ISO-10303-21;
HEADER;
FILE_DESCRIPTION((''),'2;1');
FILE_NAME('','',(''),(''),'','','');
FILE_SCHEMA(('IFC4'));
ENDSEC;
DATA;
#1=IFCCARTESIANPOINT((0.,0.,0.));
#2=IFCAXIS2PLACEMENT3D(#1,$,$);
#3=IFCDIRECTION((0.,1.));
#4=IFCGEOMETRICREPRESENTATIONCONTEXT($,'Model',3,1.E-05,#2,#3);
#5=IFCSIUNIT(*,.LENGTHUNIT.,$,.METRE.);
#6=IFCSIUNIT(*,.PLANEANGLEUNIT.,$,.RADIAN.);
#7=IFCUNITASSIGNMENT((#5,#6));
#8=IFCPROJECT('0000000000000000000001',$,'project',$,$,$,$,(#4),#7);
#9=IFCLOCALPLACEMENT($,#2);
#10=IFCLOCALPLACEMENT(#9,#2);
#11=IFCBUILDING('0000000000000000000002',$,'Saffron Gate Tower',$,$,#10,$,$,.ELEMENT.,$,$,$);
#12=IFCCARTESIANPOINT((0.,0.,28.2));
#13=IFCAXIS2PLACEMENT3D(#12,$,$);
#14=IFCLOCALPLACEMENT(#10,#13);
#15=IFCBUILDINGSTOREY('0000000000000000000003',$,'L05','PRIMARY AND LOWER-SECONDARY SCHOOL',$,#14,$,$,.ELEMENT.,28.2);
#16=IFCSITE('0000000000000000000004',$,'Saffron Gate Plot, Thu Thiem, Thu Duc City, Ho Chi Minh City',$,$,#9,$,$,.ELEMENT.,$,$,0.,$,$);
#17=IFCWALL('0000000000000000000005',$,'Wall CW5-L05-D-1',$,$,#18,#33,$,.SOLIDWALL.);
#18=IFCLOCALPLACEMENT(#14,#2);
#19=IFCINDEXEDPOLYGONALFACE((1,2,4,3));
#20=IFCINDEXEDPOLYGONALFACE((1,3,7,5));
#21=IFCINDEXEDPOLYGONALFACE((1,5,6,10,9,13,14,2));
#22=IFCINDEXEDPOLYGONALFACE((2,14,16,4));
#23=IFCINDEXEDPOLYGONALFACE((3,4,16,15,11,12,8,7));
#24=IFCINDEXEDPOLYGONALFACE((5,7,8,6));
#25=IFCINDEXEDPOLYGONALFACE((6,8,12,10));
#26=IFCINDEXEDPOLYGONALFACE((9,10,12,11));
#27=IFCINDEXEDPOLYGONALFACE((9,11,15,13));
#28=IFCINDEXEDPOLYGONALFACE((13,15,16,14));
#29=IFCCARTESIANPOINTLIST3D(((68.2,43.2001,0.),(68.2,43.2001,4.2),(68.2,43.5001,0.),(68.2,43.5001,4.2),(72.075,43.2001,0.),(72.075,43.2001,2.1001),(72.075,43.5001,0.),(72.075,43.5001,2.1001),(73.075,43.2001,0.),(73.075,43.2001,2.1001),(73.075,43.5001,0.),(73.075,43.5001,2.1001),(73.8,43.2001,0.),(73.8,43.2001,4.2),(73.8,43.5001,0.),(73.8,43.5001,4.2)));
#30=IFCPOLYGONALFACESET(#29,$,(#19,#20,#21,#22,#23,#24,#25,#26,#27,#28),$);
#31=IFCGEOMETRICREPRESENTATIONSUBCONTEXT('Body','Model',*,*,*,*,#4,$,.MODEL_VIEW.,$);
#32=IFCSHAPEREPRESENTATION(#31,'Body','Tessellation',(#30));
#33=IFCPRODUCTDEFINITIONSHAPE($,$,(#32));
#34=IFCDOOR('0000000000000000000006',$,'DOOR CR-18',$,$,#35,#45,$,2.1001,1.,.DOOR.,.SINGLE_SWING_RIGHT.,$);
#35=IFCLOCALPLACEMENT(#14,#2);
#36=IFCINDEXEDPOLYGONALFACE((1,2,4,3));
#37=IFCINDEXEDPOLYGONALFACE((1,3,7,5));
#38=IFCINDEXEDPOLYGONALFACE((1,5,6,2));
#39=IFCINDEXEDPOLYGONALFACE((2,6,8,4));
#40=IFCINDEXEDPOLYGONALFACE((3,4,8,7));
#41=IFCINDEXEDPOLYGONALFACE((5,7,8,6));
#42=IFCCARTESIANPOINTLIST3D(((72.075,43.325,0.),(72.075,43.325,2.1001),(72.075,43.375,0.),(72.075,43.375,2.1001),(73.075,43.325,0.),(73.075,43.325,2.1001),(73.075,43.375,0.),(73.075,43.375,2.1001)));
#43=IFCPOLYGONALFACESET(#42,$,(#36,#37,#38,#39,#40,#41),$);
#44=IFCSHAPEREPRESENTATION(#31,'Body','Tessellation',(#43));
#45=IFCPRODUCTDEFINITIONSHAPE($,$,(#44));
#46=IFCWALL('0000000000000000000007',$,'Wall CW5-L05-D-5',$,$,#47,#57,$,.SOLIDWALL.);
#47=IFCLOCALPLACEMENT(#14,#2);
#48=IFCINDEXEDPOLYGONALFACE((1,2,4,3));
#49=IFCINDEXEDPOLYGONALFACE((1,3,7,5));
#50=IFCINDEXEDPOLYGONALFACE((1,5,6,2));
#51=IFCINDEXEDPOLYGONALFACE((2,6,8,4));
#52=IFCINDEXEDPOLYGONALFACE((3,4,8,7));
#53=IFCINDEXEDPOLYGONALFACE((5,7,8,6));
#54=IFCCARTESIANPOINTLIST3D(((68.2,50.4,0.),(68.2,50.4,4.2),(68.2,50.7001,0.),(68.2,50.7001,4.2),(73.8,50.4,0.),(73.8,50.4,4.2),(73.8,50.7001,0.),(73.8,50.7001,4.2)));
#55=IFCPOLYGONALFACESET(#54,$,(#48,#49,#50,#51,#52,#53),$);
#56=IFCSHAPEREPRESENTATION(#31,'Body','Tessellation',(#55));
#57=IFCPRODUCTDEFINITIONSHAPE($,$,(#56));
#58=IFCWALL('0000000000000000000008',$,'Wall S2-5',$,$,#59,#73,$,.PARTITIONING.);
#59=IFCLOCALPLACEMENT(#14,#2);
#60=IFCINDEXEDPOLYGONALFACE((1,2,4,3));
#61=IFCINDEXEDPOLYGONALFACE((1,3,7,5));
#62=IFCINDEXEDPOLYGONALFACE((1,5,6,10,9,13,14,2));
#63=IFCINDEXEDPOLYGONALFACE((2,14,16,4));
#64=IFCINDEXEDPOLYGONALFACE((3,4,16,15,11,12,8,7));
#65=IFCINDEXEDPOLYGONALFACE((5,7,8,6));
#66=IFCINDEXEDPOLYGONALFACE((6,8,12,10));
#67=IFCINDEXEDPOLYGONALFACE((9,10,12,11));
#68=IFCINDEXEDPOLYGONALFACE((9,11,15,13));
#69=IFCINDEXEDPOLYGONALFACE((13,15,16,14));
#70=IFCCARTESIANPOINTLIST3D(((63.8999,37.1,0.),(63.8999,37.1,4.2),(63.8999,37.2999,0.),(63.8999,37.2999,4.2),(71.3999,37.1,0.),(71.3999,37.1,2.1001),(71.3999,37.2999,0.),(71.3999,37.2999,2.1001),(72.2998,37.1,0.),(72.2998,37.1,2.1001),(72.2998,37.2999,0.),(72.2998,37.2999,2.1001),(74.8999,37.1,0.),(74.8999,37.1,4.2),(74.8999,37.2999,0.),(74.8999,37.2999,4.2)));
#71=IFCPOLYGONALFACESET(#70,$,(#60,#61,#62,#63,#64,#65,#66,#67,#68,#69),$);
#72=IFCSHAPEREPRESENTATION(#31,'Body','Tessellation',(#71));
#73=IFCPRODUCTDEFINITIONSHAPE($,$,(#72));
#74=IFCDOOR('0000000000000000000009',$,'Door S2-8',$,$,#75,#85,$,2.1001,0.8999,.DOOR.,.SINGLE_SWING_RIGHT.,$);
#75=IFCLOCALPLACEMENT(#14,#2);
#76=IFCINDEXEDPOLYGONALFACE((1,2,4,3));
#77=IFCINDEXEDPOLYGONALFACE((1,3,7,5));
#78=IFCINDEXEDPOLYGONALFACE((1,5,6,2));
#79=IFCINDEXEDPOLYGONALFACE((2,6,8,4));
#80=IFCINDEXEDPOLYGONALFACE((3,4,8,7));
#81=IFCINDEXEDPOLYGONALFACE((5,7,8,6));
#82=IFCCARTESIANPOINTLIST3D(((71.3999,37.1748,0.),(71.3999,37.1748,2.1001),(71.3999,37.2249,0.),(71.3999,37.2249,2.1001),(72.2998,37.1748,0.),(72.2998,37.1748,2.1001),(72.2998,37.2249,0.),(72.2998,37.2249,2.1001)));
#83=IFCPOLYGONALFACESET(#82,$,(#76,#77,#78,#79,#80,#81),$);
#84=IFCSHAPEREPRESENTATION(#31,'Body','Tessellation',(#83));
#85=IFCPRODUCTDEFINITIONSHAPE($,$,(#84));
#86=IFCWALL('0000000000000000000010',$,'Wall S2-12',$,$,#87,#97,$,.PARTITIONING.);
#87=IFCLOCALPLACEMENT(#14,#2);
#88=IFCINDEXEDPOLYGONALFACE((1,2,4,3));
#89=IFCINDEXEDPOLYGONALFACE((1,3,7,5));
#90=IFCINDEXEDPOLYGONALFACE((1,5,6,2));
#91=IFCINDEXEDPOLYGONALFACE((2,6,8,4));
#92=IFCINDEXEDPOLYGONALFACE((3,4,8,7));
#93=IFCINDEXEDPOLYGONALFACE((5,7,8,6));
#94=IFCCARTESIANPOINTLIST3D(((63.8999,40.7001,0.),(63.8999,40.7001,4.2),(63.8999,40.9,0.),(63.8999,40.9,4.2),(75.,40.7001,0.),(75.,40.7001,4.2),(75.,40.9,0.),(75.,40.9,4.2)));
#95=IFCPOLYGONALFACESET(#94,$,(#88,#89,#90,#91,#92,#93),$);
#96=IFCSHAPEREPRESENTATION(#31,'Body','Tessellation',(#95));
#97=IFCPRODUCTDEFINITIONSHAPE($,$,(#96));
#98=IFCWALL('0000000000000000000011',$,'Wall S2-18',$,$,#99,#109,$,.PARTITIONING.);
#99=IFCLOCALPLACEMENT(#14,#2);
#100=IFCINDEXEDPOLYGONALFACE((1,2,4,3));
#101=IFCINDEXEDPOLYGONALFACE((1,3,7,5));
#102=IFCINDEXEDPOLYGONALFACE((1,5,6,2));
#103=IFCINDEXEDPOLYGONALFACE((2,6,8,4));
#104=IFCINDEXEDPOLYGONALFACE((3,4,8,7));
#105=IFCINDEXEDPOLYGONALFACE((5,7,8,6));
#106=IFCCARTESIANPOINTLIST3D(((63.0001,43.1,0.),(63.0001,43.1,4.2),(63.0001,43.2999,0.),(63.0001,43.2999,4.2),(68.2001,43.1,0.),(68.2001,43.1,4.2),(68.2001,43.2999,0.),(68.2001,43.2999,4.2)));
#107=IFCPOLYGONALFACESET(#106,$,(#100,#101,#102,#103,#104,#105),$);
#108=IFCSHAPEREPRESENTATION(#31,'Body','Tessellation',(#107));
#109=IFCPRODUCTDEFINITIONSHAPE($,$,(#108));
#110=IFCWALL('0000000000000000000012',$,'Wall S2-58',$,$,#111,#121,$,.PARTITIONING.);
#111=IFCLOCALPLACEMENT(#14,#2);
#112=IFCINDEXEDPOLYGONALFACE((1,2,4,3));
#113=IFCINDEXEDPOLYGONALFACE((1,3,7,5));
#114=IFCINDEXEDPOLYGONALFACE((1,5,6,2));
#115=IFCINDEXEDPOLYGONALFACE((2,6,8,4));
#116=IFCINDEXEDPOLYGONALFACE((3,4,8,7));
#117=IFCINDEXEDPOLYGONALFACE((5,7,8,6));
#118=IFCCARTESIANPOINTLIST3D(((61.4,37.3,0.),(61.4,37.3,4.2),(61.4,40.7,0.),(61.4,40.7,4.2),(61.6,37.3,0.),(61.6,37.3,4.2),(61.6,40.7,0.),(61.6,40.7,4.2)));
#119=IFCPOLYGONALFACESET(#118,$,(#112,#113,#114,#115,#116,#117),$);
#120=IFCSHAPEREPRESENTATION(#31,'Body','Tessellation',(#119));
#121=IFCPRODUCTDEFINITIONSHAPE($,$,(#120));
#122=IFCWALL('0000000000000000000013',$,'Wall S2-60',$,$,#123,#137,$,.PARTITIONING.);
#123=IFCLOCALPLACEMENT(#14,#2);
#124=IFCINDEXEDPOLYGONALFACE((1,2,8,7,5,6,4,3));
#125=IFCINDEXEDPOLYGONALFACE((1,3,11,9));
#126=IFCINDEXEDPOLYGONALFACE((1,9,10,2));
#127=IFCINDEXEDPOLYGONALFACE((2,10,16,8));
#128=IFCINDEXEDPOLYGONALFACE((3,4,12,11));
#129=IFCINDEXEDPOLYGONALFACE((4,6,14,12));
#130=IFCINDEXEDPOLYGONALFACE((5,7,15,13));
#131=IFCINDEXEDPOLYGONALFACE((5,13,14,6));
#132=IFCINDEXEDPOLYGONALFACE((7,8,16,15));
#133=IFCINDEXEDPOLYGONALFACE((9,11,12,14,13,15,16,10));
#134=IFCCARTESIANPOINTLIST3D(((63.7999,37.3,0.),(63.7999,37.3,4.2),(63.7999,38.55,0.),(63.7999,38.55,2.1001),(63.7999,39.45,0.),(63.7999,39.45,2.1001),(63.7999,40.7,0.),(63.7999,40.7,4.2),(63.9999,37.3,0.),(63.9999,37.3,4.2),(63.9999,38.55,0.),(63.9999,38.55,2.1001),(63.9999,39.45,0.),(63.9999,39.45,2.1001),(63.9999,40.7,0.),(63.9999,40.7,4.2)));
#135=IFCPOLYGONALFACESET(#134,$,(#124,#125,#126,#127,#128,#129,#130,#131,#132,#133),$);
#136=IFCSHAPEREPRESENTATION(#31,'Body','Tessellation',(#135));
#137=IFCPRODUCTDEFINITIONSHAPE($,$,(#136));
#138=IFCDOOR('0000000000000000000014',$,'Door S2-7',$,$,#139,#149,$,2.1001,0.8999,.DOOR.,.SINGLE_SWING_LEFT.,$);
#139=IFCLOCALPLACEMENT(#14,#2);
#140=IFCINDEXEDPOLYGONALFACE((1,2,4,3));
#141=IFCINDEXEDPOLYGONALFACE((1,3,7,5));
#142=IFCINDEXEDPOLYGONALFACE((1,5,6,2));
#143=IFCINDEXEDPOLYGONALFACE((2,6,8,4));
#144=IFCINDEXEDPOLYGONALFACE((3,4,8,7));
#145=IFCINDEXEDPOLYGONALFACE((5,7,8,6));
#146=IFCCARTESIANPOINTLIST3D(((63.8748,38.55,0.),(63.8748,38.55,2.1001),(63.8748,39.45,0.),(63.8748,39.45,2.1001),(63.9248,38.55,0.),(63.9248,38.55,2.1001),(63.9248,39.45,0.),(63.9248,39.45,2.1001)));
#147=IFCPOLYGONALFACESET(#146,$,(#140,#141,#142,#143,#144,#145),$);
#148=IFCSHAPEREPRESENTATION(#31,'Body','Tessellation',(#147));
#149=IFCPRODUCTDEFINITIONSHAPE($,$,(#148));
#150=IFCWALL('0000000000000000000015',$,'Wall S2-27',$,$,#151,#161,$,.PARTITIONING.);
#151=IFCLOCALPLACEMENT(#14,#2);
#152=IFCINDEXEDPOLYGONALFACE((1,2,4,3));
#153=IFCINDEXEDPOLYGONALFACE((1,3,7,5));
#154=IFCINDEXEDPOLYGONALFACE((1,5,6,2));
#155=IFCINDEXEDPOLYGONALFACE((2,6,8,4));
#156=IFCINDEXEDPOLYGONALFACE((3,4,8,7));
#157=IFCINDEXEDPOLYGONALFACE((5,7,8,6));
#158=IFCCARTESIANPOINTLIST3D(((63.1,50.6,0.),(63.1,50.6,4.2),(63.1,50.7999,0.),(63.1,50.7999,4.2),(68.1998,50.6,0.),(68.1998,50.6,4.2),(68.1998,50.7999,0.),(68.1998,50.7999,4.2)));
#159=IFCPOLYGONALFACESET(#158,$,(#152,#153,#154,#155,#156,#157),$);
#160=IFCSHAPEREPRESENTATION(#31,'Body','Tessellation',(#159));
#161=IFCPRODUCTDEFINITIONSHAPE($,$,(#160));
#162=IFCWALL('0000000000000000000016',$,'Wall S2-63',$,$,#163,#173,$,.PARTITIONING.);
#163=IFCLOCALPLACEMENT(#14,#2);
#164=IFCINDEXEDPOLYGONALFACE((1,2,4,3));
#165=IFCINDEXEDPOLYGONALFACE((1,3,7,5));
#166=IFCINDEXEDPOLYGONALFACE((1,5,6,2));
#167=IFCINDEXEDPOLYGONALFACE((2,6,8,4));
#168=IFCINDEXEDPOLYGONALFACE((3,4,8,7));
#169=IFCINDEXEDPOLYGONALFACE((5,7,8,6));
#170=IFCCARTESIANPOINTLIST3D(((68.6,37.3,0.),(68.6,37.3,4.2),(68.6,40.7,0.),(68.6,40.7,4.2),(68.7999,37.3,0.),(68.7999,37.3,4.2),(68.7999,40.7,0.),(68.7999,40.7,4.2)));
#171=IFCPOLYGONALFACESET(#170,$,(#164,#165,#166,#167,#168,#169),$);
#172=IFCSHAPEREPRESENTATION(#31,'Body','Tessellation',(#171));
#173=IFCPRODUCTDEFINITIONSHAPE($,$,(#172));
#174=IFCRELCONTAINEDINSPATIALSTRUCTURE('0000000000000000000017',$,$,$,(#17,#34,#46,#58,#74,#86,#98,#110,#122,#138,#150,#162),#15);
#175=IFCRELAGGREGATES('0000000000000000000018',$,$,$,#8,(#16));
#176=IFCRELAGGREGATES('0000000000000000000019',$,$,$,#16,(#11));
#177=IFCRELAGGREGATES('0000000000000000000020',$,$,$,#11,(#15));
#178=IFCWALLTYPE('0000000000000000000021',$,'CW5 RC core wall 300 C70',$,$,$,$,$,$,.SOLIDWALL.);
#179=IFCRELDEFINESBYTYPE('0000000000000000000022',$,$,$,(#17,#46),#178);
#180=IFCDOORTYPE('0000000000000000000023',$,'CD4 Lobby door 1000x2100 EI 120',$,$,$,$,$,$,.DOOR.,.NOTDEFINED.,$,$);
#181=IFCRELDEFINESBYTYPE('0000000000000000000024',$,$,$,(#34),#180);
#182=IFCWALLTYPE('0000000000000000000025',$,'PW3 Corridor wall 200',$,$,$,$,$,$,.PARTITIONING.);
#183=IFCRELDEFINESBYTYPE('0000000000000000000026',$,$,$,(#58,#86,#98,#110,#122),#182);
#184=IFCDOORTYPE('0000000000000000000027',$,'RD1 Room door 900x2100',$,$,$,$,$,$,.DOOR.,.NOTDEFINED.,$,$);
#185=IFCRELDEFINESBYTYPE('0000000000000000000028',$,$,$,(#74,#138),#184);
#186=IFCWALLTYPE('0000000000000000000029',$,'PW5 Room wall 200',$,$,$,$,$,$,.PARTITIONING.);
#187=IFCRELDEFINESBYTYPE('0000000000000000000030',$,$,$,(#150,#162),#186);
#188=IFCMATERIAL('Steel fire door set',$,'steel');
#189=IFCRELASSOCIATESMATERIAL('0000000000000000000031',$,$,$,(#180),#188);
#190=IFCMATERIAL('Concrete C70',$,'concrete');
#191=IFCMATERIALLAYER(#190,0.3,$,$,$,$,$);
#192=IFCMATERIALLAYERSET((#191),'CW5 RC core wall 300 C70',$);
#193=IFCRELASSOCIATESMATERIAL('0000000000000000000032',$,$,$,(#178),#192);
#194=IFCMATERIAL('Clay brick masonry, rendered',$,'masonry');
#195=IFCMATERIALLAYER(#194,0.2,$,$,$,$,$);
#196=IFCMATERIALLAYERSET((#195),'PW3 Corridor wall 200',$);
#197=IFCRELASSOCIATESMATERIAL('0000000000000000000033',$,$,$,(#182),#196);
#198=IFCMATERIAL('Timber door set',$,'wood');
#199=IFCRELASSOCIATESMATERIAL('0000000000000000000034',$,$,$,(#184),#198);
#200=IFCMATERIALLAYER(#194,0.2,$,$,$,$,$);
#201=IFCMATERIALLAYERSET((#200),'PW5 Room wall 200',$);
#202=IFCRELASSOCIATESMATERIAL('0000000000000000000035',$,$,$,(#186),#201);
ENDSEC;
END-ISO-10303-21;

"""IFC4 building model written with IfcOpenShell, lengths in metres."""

from ifc_helpers import new_model, si_unit, direction, frame, frame_2d, origin, place, context, subcontext, project, spatial, rectangle, extrude, material, layer, layer_set, type_object, element, fill, save


model = new_model("IFC4")

# Units and contexts
model_context = context("Model", 3, precision=1e-05, world=origin(), true_north=direction((0.0, 1.0)))
body_context = subcontext(model_context, "Body", "Model", "MODEL_VIEW")
ifc_project = project(units=[si_unit("LENGTHUNIT", "METRE"), si_unit("PLANEANGLEUNIT", "RADIAN")], contexts=[model_context])

# Site, building, storey
site_placement = place(None, origin())
site = spatial("IfcSite", under=ifc_project, at=site_placement, Name="Saffron Gate Plot, Thu Thiem, Thu Duc City, Ho Chi Minh City", CompositionType="ELEMENT", RefElevation=0.0)
building_placement = place(site_placement, origin())
building = spatial("IfcBuilding", under=site, at=building_placement, Name="Saffron Gate Tower", CompositionType="ELEMENT")
storey_placement = place(building_placement, frame((0.0, 0.0, 28.2)))
storey = spatial("IfcBuildingStorey", under=building, at=storey_placement, Name="L05", Description="PRIMARY AND LOWER-SECONDARY SCHOOL", CompositionType="ELEMENT", Elevation=28.2)

# Shared definitions
ifc_material_1 = material(Name="Steel fire door set", Category="steel")
door_type_1 = type_object("IfcDoorType", Name="CD4 Lobby door 1000x2100 EI 120", OperationType="NOTDEFINED", PredefinedType="DOOR", material=ifc_material_1)

# Shared definitions
ifc_material_2 = material(Name="Concrete C70", Category="concrete")

# Wall, opening, door
ifc_layer_1 = layer(ifc_material_2, 0.3)
ifc_layer_set_1 = layer_set([ifc_layer_1], Name="CW5 RC core wall 300 C70")
wall_type_1 = type_object("IfcWallType", Name="CW5 RC core wall 300 C70", PredefinedType="SOLIDWALL", material=ifc_layer_set_1)
wall_1_placement = place(storey_placement, frame((68.2, 43.3501, 0.0), z_axis=(0.0, 0.0, 1.0), x_axis=(1.0, 0.0, 0.0)))
wall_1 = element("IfcWall", 1, at=wall_1_placement, inside=storey, type_object=wall_type_1, Name="Wall CW5-L05-D-1", PredefinedType="SOLIDWALL", context=body_context, shape_type="SweptSolid", body=[
    extrude(rectangle(XDim=5.6001, YDim=0.3, at=frame_2d((2.8, 0.0))), origin(), (0.0, 0.0, 1.0), 4.2),
])
opening_1_placement = place(wall_1_placement, frame((3.875, 0.0, 0.0)))
opening_1 = element("IfcOpeningElement", 2, at=opening_1_placement, cuts=wall_1, PredefinedType="OPENING", context=body_context, shape_type="SweptSolid", body=[
    extrude(rectangle(XDim=1.0, YDim=2.1001, at=frame_2d((0.5, 1.05))), frame((0.0, 0.1602, 0.0), z_axis=(0.0, -1.0, 0.0), x_axis=(1.0, 0.0, 0.0)), (0.0, 0.0, 1.0), 0.3201),
])
door_1_placement = place(opening_1_placement, origin())
door_1 = element("IfcDoor", 3, at=door_1_placement, inside=storey, type_object=door_type_1, Name="DOOR CR-18", OperationType="SINGLE_SWING_RIGHT", OverallHeight=2.1001, OverallWidth=1.0, PredefinedType="DOOR", context=body_context, shape_type="SweptSolid", body=[
    extrude(rectangle(XDim=1.0, YDim=2.1001, at=frame_2d((0.5, 1.05))), frame((0.0, 0.0249, 0.0), z_axis=(0.0, -1.0, 0.0), x_axis=(1.0, 0.0, 0.0)), (0.0, 0.0, 1.0), 0.05),
])
fill(opening_1, door_1)

# Wall
wall_2_placement = place(storey_placement, frame((68.2, 50.55, 0.0), z_axis=(0.0, 0.0, 1.0), x_axis=(1.0, 0.0, 0.0)))
element("IfcWall", 4, at=wall_2_placement, inside=storey, type_object=wall_type_1, Name="Wall CW5-L05-D-5", PredefinedType="SOLIDWALL", context=body_context, shape_type="SweptSolid", body=[
    extrude(rectangle(XDim=5.6001, YDim=0.3, at=frame_2d((2.8, 0.0))), origin(), (0.0, 0.0, 1.0), 4.2),
])

# Wall, opening, door
ifc_material_3 = material(Name="Clay brick masonry, rendered", Category="masonry")
ifc_layer_2 = layer(ifc_material_3, 0.2)
ifc_layer_set_2 = layer_set([ifc_layer_2], Name="PW3 Corridor wall 200")
wall_type_2 = type_object("IfcWallType", Name="PW3 Corridor wall 200", PredefinedType="PARTITIONING", material=ifc_layer_set_2)
wall_3_placement = place(storey_placement, frame((63.8999, 37.2, 0.0), z_axis=(0.0, 0.0, 1.0), x_axis=(1.0, 0.0, 0.0)))
wall_3 = element("IfcWall", 5, at=wall_3_placement, inside=storey, type_object=wall_type_2, Name="Wall S2-5", PredefinedType="PARTITIONING", context=body_context, shape_type="SweptSolid", body=[
    extrude(rectangle(XDim=11.0, YDim=0.2, at=frame_2d((5.5, 0.0))), origin(), (0.0, 0.0, 1.0), 4.2),
])
opening_2_placement = place(wall_3_placement, frame((7.5, 0.0, 0.0)))
opening_2 = element("IfcOpeningElement", 6, at=opening_2_placement, cuts=wall_3, PredefinedType="OPENING", context=body_context, shape_type="SweptSolid", body=[
    extrude(rectangle(XDim=0.8999, YDim=2.1001, at=frame_2d((0.45, 1.05))), frame((0.0, 0.1099, 0.0), z_axis=(0.0, -1.0, 0.0), x_axis=(1.0, 0.0, 0.0)), (0.0, 0.0, 1.0), 0.22),
])
ifc_material_4 = material(Name="Timber door set", Category="wood")
door_type_2 = type_object("IfcDoorType", Name="RD1 Room door 900x2100", OperationType="NOTDEFINED", PredefinedType="DOOR", material=ifc_material_4)
door_2_placement = place(opening_2_placement, origin())
door_2 = element("IfcDoor", 7, at=door_2_placement, inside=storey, type_object=door_type_2, Name="Door S2-8", OperationType="SINGLE_SWING_RIGHT", OverallHeight=2.1001, OverallWidth=0.8999, PredefinedType="DOOR", context=body_context, shape_type="SweptSolid", body=[
    extrude(rectangle(XDim=0.8999, YDim=2.1001, at=frame_2d((0.45, 1.05))), frame((0.0, 0.0249, 0.0), z_axis=(0.0, -1.0, 0.0), x_axis=(1.0, 0.0, 0.0)), (0.0, 0.0, 1.0), 0.05),
])
fill(opening_2, door_2)

# Walls
wall_4_placement = place(storey_placement, frame((63.8999, 40.8, 0.0), z_axis=(0.0, 0.0, 1.0), x_axis=(1.0, 0.0, 0.0)))
element("IfcWall", 8, at=wall_4_placement, inside=storey, type_object=wall_type_2, Name="Wall S2-12", PredefinedType="PARTITIONING", context=body_context, shape_type="SweptSolid", body=[
    extrude(rectangle(XDim=11.1001, YDim=0.2, at=frame_2d((5.55, 0.0))), origin(), (0.0, 0.0, 1.0), 4.2),
])
wall_5_placement = place(storey_placement, frame((63.0, 43.2, 0.0), z_axis=(0.0, 0.0, 1.0), x_axis=(1.0, 0.0, 0.0)))
element("IfcWall", 9, at=wall_5_placement, inside=storey, type_object=wall_type_2, Name="Wall S2-18", PredefinedType="PARTITIONING", context=body_context, shape_type="SweptSolid", body=[
    extrude(rectangle(XDim=5.2, YDim=0.2, at=frame_2d((2.6001, 0.0))), origin(), (0.0, 0.0, 1.0), 4.2),
])
wall_6_placement = place(storey_placement, frame((61.5, 40.7, 0.0), z_axis=(0.0, 0.0, 1.0), x_axis=(0.0, -1.0, 0.0)))
element("IfcWall", 10, at=wall_6_placement, inside=storey, type_object=wall_type_2, Name="Wall S2-58", PredefinedType="PARTITIONING", context=body_context, shape_type="SweptSolid", body=[
    extrude(rectangle(XDim=3.3999, YDim=0.2, at=frame_2d((1.7, 0.0))), origin(), (0.0, 0.0, 1.0), 4.2),
])

# Wall, opening, door
wall_7_placement = place(storey_placement, frame((63.8999, 40.7, 0.0), z_axis=(0.0, 0.0, 1.0), x_axis=(0.0, -1.0, 0.0)))
wall_7 = element("IfcWall", 11, at=wall_7_placement, inside=storey, type_object=wall_type_2, Name="Wall S2-60", PredefinedType="PARTITIONING", context=body_context, shape_type="SweptSolid", body=[
    extrude(rectangle(XDim=3.3999, YDim=0.2, at=frame_2d((1.7, 0.0))), origin(), (0.0, 0.0, 1.0), 4.2),
])
opening_3_placement = place(wall_7_placement, frame((1.25, 0.0, 0.0)))
opening_3 = element("IfcOpeningElement", 12, at=opening_3_placement, cuts=wall_7, PredefinedType="OPENING", context=body_context, shape_type="SweptSolid", body=[
    extrude(rectangle(XDim=0.8999, YDim=2.1001, at=frame_2d((0.45, 1.05))), frame((0.0, 0.1099, 0.0), z_axis=(0.0, -1.0, 0.0), x_axis=(1.0, 0.0, 0.0)), (0.0, 0.0, 1.0), 0.22),
])
door_3_placement = place(opening_3_placement, origin())
door_3 = element("IfcDoor", 13, at=door_3_placement, inside=storey, type_object=door_type_2, Name="Door S2-7", OperationType="SINGLE_SWING_LEFT", OverallHeight=2.1001, OverallWidth=0.8999, PredefinedType="DOOR", context=body_context, shape_type="SweptSolid", body=[
    extrude(rectangle(XDim=0.8999, YDim=2.1001, at=frame_2d((0.45, 1.05))), frame((0.0, 0.0249, 0.0), z_axis=(0.0, -1.0, 0.0), x_axis=(1.0, 0.0, 0.0)), (0.0, 0.0, 1.0), 0.05),
])
fill(opening_3, door_3)

# Walls
ifc_layer_3 = layer(ifc_material_3, 0.2)
ifc_layer_set_3 = layer_set([ifc_layer_3], Name="PW5 Room wall 200")
wall_type_3 = type_object("IfcWallType", Name="PW5 Room wall 200", PredefinedType="PARTITIONING", material=ifc_layer_set_3)
wall_8_placement = place(storey_placement, frame((63.1001, 50.7, 0.0), z_axis=(0.0, 0.0, 1.0), x_axis=(1.0, 0.0, 0.0)))
element("IfcWall", 14, at=wall_8_placement, inside=storey, type_object=wall_type_3, Name="Wall S2-27", PredefinedType="PARTITIONING", context=body_context, shape_type="SweptSolid", body=[
    extrude(rectangle(XDim=5.0999, YDim=0.2, at=frame_2d((2.5498, 0.0))), origin(), (0.0, 0.0, 1.0), 4.2),
])
wall_9_placement = place(storey_placement, frame((68.7, 40.7, 0.0), z_axis=(0.0, 0.0, 1.0), x_axis=(0.0, -1.0, 0.0)))
element("IfcWall", 15, at=wall_9_placement, inside=storey, type_object=wall_type_3, Name="Wall S2-63", PredefinedType="PARTITIONING", context=body_context, shape_type="SweptSolid", body=[
    extrude(rectangle(XDim=3.3999, YDim=0.2, at=frame_2d((1.7, 0.0))), origin(), (0.0, 0.0, 1.0), 4.2),
])

save(model, "model.ifc")
